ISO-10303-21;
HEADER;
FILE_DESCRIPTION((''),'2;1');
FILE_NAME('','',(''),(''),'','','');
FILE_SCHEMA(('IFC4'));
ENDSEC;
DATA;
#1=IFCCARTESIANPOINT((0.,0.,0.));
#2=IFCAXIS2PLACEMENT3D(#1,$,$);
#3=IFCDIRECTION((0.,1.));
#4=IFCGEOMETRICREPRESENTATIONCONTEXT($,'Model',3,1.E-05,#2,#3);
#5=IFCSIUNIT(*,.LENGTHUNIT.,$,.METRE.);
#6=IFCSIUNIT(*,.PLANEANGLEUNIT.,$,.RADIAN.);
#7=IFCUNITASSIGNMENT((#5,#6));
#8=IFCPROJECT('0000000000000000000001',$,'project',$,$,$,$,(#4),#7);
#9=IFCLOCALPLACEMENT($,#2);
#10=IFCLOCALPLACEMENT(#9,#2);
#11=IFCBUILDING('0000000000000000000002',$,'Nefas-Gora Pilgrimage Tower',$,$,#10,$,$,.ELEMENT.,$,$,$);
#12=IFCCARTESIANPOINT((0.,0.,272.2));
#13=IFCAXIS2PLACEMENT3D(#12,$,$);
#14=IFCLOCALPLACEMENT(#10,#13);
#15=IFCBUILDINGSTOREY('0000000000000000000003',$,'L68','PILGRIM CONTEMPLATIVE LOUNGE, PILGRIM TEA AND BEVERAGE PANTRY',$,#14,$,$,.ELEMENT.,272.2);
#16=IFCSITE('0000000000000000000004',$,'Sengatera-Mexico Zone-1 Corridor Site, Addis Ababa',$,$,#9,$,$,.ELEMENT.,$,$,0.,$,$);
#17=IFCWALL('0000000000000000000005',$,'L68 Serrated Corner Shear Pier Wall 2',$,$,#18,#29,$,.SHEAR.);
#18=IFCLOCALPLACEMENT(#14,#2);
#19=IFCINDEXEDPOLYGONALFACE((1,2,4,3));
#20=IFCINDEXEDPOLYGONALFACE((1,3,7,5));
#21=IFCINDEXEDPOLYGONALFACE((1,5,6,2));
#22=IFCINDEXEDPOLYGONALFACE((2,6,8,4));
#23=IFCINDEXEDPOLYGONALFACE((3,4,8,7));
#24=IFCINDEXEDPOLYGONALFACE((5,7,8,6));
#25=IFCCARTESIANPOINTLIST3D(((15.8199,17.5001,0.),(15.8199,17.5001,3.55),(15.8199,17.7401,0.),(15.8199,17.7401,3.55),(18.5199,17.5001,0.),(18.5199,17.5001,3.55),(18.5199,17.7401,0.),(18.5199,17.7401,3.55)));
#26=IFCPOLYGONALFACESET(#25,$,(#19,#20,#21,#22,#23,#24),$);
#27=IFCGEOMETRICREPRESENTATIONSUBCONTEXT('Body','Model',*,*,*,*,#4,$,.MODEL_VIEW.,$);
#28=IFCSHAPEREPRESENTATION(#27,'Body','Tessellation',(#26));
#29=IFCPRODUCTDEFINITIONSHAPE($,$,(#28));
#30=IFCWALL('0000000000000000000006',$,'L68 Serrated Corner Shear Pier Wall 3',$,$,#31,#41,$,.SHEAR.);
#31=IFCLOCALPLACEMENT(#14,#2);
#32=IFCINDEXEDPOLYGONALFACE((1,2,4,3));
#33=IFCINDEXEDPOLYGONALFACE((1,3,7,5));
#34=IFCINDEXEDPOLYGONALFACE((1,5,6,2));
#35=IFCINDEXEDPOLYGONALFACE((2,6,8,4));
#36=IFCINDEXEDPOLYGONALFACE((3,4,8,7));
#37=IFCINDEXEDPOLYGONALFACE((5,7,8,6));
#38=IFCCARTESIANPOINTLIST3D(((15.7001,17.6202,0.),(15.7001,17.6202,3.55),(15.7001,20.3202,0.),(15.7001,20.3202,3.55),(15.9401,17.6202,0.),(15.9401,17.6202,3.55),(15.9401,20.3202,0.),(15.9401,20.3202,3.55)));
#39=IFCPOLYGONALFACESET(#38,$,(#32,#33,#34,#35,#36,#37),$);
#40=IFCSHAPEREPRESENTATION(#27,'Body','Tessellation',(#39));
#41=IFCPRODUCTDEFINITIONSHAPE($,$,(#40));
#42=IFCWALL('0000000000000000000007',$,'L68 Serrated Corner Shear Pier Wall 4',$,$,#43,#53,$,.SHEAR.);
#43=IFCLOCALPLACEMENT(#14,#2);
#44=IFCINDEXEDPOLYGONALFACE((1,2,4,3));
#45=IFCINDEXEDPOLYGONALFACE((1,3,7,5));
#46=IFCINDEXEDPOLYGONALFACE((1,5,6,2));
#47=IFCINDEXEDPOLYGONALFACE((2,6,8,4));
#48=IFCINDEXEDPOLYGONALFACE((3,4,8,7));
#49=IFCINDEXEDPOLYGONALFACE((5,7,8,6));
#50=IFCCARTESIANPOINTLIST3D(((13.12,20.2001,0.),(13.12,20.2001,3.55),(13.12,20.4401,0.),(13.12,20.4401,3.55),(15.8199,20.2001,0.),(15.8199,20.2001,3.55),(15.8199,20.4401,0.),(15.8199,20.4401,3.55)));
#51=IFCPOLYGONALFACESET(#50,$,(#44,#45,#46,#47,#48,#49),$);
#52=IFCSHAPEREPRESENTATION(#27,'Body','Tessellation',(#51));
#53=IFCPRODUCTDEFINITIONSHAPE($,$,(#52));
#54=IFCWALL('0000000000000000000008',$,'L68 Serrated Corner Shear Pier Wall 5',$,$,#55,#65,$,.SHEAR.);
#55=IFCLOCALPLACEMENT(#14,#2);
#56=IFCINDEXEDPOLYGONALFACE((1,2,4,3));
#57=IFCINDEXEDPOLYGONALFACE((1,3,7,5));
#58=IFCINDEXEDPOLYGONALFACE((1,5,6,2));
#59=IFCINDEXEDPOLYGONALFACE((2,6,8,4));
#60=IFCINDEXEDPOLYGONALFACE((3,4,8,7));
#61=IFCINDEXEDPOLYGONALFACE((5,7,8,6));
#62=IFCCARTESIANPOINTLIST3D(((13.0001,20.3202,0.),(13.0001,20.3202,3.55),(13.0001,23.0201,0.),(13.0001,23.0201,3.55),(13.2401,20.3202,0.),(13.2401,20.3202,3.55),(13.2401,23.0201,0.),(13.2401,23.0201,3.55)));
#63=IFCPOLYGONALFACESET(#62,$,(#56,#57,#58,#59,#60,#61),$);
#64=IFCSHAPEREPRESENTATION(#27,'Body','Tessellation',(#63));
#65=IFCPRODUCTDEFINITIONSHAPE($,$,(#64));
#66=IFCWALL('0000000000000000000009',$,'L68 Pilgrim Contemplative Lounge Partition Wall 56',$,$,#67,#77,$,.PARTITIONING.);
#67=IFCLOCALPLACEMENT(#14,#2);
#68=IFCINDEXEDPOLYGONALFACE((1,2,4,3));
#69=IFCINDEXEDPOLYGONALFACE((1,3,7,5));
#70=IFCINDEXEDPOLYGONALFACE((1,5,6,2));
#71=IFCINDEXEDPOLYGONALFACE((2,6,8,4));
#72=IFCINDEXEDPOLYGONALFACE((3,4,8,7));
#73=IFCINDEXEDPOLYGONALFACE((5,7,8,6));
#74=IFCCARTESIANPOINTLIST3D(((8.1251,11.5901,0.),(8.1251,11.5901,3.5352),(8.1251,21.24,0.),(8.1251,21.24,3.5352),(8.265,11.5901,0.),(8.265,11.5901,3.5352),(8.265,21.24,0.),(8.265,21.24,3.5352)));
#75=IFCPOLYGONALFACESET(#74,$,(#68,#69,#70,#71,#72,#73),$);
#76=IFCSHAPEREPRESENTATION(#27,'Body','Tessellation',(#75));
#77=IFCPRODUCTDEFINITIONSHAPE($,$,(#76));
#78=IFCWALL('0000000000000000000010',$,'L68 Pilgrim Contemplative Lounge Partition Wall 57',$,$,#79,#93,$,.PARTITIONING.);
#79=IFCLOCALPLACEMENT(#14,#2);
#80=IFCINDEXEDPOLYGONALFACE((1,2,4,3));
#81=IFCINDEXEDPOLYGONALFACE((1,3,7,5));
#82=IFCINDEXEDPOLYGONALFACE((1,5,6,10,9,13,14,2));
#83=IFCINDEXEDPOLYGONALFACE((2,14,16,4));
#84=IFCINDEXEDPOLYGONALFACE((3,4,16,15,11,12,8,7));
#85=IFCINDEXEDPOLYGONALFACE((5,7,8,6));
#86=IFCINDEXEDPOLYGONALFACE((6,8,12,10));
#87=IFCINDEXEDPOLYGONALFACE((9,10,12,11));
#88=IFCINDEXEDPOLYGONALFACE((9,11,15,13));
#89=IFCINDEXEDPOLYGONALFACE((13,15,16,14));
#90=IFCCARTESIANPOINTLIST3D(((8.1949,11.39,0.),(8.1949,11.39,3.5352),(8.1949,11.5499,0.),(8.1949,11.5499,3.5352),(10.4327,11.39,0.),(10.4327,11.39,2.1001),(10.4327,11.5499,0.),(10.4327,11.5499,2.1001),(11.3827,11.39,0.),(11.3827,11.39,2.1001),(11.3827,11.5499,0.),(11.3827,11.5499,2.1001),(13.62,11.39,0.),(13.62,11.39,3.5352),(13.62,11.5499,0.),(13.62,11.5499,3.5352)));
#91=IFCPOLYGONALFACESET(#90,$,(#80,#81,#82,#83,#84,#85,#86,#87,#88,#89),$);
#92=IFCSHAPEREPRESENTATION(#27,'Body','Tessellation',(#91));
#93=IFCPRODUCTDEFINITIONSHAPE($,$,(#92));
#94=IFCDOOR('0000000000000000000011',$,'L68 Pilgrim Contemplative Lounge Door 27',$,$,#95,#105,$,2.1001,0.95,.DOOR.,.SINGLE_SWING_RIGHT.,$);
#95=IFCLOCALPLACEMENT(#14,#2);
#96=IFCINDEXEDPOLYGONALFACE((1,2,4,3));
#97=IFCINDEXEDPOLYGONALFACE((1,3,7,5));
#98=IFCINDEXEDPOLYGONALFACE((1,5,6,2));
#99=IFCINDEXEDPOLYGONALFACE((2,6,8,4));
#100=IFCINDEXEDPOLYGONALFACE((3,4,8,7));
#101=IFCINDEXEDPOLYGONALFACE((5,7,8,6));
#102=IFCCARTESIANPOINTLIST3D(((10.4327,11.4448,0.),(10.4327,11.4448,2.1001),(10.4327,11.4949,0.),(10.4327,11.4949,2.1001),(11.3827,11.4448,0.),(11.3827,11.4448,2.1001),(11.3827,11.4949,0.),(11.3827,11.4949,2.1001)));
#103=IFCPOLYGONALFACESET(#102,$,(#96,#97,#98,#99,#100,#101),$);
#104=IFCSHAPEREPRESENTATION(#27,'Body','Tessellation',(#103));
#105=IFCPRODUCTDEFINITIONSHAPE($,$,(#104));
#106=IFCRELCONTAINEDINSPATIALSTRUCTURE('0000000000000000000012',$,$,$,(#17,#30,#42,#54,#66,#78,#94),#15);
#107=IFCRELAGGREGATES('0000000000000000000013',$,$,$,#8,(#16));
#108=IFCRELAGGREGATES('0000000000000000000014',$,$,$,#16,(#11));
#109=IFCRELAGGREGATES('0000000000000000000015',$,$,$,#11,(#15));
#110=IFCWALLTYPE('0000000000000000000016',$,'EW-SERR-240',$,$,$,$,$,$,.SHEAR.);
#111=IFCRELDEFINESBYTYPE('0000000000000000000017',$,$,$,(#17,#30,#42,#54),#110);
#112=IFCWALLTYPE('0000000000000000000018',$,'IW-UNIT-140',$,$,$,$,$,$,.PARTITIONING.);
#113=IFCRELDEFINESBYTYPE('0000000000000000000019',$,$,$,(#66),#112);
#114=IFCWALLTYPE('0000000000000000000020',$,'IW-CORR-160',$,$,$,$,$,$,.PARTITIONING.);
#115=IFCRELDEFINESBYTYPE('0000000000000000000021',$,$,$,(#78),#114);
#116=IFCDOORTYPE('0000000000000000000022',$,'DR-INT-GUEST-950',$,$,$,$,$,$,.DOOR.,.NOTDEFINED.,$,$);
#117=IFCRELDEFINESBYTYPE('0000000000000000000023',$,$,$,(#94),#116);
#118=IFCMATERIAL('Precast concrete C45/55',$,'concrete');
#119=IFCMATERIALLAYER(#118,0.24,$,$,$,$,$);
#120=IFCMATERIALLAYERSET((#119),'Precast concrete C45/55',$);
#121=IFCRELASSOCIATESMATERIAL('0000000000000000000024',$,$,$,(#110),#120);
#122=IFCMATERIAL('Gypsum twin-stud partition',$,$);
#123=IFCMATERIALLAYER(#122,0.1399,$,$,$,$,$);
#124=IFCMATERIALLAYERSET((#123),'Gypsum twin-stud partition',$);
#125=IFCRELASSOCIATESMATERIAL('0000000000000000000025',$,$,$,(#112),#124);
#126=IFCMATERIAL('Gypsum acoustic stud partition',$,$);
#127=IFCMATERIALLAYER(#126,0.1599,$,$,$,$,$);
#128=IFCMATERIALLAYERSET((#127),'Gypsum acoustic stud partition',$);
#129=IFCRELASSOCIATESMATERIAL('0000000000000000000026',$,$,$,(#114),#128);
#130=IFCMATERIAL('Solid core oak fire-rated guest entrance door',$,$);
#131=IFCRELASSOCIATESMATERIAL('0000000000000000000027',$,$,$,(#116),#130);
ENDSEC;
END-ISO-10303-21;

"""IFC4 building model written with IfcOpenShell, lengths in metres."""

from ifc_helpers import new_model, si_unit, direction, frame, frame_2d, origin, place, context, subcontext, project, spatial, rectangle, extrude, source, transform, mapped, material, layer, layer_set, type_object, element, fill, save


model = new_model("IFC4")

# Units and contexts
model_context = context("Model", 3, precision=1e-05, world=origin(), true_north=direction((0.0, 1.0)))
body_context = subcontext(model_context, "Body", "Model", "MODEL_VIEW")
ifc_project = project(units=[si_unit("LENGTHUNIT", "METRE"), si_unit("PLANEANGLEUNIT", "RADIAN")], contexts=[model_context])

# Site, building, storey
site_placement = place(None, origin())
site = spatial("IfcSite", under=ifc_project, at=site_placement, Name="Sengatera-Mexico Zone-1 Corridor Site, Addis Ababa", CompositionType="ELEMENT", RefElevation=0.0)
building_placement = place(site_placement, origin())
building = spatial("IfcBuilding", under=site, at=building_placement, Name="Nefas-Gora Pilgrimage Tower", CompositionType="ELEMENT")
storey_placement = place(building_placement, frame((0.0, 0.0, 272.2)))
storey = spatial("IfcBuildingStorey", under=building, at=storey_placement, Name="L68", Description="PILGRIM CONTEMPLATIVE LOUNGE, PILGRIM TEA AND BEVERAGE PANTRY", CompositionType="ELEMENT", Elevation=272.2)

# Walls
ifc_material_1 = material(Name="Precast concrete C45/55", Category="concrete")
ifc_layer_1 = layer(ifc_material_1, 0.24)
ifc_layer_set_1 = layer_set([ifc_layer_1], Name="Precast concrete C45/55")
wall_type_1 = type_object("IfcWallType", Name="EW-SERR-240", PredefinedType="SHEAR", material=ifc_layer_set_1)
shared_shape_1 = source(origin(), body_context, "Body", "SweptSolid", [
    extrude(rectangle(XDim=2.7, YDim=0.24, at=frame_2d((1.3501, 0.0))), origin(), (0.0, 0.0, 1.0), 3.55),
])
for number, where, z_axis, x_axis, name in (
    (1, (18.52, 17.6201, 0.0), (0.0, 0.0, 1.0), (-1.0, 0.0, 0.0), "L68 Serrated Corner Shear Pier Wall 2"),
    (2, (15.8201, 17.6201, 0.0), (0.0, 0.0, 1.0), (0.0, 1.0, 0.0), "L68 Serrated Corner Shear Pier Wall 3"),
    (3, (15.8201, 20.3201, 0.0), (0.0, 0.0, 1.0), (-1.0, 0.0, 0.0), "L68 Serrated Corner Shear Pier Wall 4"),
    (4, (13.1201, 20.3201, 0.0), (0.0, 0.0, 1.0), (0.0, 1.0, 0.0), "L68 Serrated Corner Shear Pier Wall 5"),
):
    element("IfcWall", number, at=place(storey_placement, frame(where, z_axis=z_axis, x_axis=x_axis)), inside=storey, type_object=wall_type_1, Name=name, PredefinedType="SHEAR", context=body_context, shape_type="MappedRepresentation", body=[
        mapped(shared_shape_1, transform((0.0, 0.0, 0.0), x_axis=(1.0, 0.0, 0.0), y_axis=(0.0, 1.0, 0.0), z_axis=(0.0, 0.0, 1.0), scale=1.0)),
    ])
ifc_material_2 = material(Name="Gypsum twin-stud partition")
ifc_layer_2 = layer(ifc_material_2, 0.1399)
ifc_layer_set_2 = layer_set([ifc_layer_2], Name="Gypsum twin-stud partition")
wall_type_2 = type_object("IfcWallType", Name="IW-UNIT-140", PredefinedType="PARTITIONING", material=ifc_layer_set_2)
shared_shape_2 = source(origin(), body_context, "Body", "SweptSolid", [
    extrude(rectangle(XDim=9.6499, YDim=0.1399, at=frame_2d((4.825, 0.0))), origin(), (0.0, 0.0, 1.0), 3.5352),
])
wall_1_placement = place(storey_placement, frame((8.1951, 11.5901, 0.0), z_axis=(0.0, 0.0, 1.0), x_axis=(0.0, 1.0, 0.0)))
element("IfcWall", 5, at=wall_1_placement, inside=storey, type_object=wall_type_2, Name="L68 Pilgrim Contemplative Lounge Partition Wall 56", PredefinedType="PARTITIONING", context=body_context, shape_type="MappedRepresentation", body=[
    mapped(shared_shape_2, transform((0.0, 0.0, 0.0), x_axis=(1.0, 0.0, 0.0), y_axis=(0.0, 1.0, 0.0), z_axis=(0.0, 0.0, 1.0), scale=1.0)),
])

# Wall, opening, door
ifc_material_3 = material(Name="Gypsum acoustic stud partition")
ifc_layer_3 = layer(ifc_material_3, 0.1599)
ifc_layer_set_3 = layer_set([ifc_layer_3], Name="Gypsum acoustic stud partition")
wall_type_3 = type_object("IfcWallType", Name="IW-CORR-160", PredefinedType="PARTITIONING", material=ifc_layer_set_3)
shared_shape_3 = source(origin(), body_context, "Body", "SweptSolid", [
    extrude(rectangle(XDim=5.425, YDim=0.1599, at=frame_2d((2.7124, 0.0))), origin(), (0.0, 0.0, 1.0), 3.5352),
])
wall_2_placement = place(storey_placement, frame((8.1951, 11.47, 0.0), z_axis=(0.0, 0.0, 1.0), x_axis=(1.0, 0.0, 0.0)))
wall_2 = element("IfcWall", 6, at=wall_2_placement, inside=storey, type_object=wall_type_3, Name="L68 Pilgrim Contemplative Lounge Partition Wall 57", PredefinedType="PARTITIONING", context=body_context, shape_type="MappedRepresentation", body=[
    mapped(shared_shape_3, transform((0.0, 0.0, 0.0), x_axis=(1.0, 0.0, 0.0), y_axis=(0.0, 1.0, 0.0), z_axis=(0.0, 0.0, 1.0), scale=1.0)),
])
opening_placement = place(wall_2_placement, frame((2.2375, 0.0, 0.0)))
opening = element("IfcOpeningElement", 7, at=opening_placement, cuts=wall_2, PredefinedType="OPENING", context=body_context, shape_type="SweptSolid", body=[
    extrude(rectangle(XDim=0.95, YDim=2.1001, at=frame_2d((0.4751, 1.05))), frame((0.0, 0.0898, 0.0), z_axis=(0.0, -1.0, 0.0), x_axis=(1.0, 0.0, 0.0)), (0.0, 0.0, 1.0), 0.1799),
])
ifc_material_4 = material(Name="Solid core oak fire-rated guest entrance door")
door_type = type_object("IfcDoorType", Name="DR-INT-GUEST-950", OperationType="NOTDEFINED", PredefinedType="DOOR", material=ifc_material_4)
shared_shape_4 = source(origin(), body_context, "Body", "SweptSolid", [
    extrude(rectangle(XDim=0.95, YDim=2.1001, at=frame_2d((0.4751, 1.05))), frame((0.0, 0.0249, 0.0), z_axis=(0.0, -1.0, 0.0), x_axis=(1.0, 0.0, 0.0)), (0.0, 0.0, 1.0), 0.05),
])
door_placement = place(opening_placement, origin())
door = element("IfcDoor", 8, at=door_placement, inside=storey, type_object=door_type, Name="L68 Pilgrim Contemplative Lounge Door 27", OperationType="SINGLE_SWING_RIGHT", OverallHeight=2.1001, OverallWidth=0.95, PredefinedType="DOOR", context=body_context, shape_type="MappedRepresentation", body=[
    mapped(shared_shape_4, transform((0.0, 0.0, 0.0), x_axis=(1.0, 0.0, 0.0), y_axis=(0.0, 1.0, 0.0), z_axis=(0.0, 0.0, 1.0), scale=1.0)),
])
fill(opening, door)

save(model, "model.ifc")
